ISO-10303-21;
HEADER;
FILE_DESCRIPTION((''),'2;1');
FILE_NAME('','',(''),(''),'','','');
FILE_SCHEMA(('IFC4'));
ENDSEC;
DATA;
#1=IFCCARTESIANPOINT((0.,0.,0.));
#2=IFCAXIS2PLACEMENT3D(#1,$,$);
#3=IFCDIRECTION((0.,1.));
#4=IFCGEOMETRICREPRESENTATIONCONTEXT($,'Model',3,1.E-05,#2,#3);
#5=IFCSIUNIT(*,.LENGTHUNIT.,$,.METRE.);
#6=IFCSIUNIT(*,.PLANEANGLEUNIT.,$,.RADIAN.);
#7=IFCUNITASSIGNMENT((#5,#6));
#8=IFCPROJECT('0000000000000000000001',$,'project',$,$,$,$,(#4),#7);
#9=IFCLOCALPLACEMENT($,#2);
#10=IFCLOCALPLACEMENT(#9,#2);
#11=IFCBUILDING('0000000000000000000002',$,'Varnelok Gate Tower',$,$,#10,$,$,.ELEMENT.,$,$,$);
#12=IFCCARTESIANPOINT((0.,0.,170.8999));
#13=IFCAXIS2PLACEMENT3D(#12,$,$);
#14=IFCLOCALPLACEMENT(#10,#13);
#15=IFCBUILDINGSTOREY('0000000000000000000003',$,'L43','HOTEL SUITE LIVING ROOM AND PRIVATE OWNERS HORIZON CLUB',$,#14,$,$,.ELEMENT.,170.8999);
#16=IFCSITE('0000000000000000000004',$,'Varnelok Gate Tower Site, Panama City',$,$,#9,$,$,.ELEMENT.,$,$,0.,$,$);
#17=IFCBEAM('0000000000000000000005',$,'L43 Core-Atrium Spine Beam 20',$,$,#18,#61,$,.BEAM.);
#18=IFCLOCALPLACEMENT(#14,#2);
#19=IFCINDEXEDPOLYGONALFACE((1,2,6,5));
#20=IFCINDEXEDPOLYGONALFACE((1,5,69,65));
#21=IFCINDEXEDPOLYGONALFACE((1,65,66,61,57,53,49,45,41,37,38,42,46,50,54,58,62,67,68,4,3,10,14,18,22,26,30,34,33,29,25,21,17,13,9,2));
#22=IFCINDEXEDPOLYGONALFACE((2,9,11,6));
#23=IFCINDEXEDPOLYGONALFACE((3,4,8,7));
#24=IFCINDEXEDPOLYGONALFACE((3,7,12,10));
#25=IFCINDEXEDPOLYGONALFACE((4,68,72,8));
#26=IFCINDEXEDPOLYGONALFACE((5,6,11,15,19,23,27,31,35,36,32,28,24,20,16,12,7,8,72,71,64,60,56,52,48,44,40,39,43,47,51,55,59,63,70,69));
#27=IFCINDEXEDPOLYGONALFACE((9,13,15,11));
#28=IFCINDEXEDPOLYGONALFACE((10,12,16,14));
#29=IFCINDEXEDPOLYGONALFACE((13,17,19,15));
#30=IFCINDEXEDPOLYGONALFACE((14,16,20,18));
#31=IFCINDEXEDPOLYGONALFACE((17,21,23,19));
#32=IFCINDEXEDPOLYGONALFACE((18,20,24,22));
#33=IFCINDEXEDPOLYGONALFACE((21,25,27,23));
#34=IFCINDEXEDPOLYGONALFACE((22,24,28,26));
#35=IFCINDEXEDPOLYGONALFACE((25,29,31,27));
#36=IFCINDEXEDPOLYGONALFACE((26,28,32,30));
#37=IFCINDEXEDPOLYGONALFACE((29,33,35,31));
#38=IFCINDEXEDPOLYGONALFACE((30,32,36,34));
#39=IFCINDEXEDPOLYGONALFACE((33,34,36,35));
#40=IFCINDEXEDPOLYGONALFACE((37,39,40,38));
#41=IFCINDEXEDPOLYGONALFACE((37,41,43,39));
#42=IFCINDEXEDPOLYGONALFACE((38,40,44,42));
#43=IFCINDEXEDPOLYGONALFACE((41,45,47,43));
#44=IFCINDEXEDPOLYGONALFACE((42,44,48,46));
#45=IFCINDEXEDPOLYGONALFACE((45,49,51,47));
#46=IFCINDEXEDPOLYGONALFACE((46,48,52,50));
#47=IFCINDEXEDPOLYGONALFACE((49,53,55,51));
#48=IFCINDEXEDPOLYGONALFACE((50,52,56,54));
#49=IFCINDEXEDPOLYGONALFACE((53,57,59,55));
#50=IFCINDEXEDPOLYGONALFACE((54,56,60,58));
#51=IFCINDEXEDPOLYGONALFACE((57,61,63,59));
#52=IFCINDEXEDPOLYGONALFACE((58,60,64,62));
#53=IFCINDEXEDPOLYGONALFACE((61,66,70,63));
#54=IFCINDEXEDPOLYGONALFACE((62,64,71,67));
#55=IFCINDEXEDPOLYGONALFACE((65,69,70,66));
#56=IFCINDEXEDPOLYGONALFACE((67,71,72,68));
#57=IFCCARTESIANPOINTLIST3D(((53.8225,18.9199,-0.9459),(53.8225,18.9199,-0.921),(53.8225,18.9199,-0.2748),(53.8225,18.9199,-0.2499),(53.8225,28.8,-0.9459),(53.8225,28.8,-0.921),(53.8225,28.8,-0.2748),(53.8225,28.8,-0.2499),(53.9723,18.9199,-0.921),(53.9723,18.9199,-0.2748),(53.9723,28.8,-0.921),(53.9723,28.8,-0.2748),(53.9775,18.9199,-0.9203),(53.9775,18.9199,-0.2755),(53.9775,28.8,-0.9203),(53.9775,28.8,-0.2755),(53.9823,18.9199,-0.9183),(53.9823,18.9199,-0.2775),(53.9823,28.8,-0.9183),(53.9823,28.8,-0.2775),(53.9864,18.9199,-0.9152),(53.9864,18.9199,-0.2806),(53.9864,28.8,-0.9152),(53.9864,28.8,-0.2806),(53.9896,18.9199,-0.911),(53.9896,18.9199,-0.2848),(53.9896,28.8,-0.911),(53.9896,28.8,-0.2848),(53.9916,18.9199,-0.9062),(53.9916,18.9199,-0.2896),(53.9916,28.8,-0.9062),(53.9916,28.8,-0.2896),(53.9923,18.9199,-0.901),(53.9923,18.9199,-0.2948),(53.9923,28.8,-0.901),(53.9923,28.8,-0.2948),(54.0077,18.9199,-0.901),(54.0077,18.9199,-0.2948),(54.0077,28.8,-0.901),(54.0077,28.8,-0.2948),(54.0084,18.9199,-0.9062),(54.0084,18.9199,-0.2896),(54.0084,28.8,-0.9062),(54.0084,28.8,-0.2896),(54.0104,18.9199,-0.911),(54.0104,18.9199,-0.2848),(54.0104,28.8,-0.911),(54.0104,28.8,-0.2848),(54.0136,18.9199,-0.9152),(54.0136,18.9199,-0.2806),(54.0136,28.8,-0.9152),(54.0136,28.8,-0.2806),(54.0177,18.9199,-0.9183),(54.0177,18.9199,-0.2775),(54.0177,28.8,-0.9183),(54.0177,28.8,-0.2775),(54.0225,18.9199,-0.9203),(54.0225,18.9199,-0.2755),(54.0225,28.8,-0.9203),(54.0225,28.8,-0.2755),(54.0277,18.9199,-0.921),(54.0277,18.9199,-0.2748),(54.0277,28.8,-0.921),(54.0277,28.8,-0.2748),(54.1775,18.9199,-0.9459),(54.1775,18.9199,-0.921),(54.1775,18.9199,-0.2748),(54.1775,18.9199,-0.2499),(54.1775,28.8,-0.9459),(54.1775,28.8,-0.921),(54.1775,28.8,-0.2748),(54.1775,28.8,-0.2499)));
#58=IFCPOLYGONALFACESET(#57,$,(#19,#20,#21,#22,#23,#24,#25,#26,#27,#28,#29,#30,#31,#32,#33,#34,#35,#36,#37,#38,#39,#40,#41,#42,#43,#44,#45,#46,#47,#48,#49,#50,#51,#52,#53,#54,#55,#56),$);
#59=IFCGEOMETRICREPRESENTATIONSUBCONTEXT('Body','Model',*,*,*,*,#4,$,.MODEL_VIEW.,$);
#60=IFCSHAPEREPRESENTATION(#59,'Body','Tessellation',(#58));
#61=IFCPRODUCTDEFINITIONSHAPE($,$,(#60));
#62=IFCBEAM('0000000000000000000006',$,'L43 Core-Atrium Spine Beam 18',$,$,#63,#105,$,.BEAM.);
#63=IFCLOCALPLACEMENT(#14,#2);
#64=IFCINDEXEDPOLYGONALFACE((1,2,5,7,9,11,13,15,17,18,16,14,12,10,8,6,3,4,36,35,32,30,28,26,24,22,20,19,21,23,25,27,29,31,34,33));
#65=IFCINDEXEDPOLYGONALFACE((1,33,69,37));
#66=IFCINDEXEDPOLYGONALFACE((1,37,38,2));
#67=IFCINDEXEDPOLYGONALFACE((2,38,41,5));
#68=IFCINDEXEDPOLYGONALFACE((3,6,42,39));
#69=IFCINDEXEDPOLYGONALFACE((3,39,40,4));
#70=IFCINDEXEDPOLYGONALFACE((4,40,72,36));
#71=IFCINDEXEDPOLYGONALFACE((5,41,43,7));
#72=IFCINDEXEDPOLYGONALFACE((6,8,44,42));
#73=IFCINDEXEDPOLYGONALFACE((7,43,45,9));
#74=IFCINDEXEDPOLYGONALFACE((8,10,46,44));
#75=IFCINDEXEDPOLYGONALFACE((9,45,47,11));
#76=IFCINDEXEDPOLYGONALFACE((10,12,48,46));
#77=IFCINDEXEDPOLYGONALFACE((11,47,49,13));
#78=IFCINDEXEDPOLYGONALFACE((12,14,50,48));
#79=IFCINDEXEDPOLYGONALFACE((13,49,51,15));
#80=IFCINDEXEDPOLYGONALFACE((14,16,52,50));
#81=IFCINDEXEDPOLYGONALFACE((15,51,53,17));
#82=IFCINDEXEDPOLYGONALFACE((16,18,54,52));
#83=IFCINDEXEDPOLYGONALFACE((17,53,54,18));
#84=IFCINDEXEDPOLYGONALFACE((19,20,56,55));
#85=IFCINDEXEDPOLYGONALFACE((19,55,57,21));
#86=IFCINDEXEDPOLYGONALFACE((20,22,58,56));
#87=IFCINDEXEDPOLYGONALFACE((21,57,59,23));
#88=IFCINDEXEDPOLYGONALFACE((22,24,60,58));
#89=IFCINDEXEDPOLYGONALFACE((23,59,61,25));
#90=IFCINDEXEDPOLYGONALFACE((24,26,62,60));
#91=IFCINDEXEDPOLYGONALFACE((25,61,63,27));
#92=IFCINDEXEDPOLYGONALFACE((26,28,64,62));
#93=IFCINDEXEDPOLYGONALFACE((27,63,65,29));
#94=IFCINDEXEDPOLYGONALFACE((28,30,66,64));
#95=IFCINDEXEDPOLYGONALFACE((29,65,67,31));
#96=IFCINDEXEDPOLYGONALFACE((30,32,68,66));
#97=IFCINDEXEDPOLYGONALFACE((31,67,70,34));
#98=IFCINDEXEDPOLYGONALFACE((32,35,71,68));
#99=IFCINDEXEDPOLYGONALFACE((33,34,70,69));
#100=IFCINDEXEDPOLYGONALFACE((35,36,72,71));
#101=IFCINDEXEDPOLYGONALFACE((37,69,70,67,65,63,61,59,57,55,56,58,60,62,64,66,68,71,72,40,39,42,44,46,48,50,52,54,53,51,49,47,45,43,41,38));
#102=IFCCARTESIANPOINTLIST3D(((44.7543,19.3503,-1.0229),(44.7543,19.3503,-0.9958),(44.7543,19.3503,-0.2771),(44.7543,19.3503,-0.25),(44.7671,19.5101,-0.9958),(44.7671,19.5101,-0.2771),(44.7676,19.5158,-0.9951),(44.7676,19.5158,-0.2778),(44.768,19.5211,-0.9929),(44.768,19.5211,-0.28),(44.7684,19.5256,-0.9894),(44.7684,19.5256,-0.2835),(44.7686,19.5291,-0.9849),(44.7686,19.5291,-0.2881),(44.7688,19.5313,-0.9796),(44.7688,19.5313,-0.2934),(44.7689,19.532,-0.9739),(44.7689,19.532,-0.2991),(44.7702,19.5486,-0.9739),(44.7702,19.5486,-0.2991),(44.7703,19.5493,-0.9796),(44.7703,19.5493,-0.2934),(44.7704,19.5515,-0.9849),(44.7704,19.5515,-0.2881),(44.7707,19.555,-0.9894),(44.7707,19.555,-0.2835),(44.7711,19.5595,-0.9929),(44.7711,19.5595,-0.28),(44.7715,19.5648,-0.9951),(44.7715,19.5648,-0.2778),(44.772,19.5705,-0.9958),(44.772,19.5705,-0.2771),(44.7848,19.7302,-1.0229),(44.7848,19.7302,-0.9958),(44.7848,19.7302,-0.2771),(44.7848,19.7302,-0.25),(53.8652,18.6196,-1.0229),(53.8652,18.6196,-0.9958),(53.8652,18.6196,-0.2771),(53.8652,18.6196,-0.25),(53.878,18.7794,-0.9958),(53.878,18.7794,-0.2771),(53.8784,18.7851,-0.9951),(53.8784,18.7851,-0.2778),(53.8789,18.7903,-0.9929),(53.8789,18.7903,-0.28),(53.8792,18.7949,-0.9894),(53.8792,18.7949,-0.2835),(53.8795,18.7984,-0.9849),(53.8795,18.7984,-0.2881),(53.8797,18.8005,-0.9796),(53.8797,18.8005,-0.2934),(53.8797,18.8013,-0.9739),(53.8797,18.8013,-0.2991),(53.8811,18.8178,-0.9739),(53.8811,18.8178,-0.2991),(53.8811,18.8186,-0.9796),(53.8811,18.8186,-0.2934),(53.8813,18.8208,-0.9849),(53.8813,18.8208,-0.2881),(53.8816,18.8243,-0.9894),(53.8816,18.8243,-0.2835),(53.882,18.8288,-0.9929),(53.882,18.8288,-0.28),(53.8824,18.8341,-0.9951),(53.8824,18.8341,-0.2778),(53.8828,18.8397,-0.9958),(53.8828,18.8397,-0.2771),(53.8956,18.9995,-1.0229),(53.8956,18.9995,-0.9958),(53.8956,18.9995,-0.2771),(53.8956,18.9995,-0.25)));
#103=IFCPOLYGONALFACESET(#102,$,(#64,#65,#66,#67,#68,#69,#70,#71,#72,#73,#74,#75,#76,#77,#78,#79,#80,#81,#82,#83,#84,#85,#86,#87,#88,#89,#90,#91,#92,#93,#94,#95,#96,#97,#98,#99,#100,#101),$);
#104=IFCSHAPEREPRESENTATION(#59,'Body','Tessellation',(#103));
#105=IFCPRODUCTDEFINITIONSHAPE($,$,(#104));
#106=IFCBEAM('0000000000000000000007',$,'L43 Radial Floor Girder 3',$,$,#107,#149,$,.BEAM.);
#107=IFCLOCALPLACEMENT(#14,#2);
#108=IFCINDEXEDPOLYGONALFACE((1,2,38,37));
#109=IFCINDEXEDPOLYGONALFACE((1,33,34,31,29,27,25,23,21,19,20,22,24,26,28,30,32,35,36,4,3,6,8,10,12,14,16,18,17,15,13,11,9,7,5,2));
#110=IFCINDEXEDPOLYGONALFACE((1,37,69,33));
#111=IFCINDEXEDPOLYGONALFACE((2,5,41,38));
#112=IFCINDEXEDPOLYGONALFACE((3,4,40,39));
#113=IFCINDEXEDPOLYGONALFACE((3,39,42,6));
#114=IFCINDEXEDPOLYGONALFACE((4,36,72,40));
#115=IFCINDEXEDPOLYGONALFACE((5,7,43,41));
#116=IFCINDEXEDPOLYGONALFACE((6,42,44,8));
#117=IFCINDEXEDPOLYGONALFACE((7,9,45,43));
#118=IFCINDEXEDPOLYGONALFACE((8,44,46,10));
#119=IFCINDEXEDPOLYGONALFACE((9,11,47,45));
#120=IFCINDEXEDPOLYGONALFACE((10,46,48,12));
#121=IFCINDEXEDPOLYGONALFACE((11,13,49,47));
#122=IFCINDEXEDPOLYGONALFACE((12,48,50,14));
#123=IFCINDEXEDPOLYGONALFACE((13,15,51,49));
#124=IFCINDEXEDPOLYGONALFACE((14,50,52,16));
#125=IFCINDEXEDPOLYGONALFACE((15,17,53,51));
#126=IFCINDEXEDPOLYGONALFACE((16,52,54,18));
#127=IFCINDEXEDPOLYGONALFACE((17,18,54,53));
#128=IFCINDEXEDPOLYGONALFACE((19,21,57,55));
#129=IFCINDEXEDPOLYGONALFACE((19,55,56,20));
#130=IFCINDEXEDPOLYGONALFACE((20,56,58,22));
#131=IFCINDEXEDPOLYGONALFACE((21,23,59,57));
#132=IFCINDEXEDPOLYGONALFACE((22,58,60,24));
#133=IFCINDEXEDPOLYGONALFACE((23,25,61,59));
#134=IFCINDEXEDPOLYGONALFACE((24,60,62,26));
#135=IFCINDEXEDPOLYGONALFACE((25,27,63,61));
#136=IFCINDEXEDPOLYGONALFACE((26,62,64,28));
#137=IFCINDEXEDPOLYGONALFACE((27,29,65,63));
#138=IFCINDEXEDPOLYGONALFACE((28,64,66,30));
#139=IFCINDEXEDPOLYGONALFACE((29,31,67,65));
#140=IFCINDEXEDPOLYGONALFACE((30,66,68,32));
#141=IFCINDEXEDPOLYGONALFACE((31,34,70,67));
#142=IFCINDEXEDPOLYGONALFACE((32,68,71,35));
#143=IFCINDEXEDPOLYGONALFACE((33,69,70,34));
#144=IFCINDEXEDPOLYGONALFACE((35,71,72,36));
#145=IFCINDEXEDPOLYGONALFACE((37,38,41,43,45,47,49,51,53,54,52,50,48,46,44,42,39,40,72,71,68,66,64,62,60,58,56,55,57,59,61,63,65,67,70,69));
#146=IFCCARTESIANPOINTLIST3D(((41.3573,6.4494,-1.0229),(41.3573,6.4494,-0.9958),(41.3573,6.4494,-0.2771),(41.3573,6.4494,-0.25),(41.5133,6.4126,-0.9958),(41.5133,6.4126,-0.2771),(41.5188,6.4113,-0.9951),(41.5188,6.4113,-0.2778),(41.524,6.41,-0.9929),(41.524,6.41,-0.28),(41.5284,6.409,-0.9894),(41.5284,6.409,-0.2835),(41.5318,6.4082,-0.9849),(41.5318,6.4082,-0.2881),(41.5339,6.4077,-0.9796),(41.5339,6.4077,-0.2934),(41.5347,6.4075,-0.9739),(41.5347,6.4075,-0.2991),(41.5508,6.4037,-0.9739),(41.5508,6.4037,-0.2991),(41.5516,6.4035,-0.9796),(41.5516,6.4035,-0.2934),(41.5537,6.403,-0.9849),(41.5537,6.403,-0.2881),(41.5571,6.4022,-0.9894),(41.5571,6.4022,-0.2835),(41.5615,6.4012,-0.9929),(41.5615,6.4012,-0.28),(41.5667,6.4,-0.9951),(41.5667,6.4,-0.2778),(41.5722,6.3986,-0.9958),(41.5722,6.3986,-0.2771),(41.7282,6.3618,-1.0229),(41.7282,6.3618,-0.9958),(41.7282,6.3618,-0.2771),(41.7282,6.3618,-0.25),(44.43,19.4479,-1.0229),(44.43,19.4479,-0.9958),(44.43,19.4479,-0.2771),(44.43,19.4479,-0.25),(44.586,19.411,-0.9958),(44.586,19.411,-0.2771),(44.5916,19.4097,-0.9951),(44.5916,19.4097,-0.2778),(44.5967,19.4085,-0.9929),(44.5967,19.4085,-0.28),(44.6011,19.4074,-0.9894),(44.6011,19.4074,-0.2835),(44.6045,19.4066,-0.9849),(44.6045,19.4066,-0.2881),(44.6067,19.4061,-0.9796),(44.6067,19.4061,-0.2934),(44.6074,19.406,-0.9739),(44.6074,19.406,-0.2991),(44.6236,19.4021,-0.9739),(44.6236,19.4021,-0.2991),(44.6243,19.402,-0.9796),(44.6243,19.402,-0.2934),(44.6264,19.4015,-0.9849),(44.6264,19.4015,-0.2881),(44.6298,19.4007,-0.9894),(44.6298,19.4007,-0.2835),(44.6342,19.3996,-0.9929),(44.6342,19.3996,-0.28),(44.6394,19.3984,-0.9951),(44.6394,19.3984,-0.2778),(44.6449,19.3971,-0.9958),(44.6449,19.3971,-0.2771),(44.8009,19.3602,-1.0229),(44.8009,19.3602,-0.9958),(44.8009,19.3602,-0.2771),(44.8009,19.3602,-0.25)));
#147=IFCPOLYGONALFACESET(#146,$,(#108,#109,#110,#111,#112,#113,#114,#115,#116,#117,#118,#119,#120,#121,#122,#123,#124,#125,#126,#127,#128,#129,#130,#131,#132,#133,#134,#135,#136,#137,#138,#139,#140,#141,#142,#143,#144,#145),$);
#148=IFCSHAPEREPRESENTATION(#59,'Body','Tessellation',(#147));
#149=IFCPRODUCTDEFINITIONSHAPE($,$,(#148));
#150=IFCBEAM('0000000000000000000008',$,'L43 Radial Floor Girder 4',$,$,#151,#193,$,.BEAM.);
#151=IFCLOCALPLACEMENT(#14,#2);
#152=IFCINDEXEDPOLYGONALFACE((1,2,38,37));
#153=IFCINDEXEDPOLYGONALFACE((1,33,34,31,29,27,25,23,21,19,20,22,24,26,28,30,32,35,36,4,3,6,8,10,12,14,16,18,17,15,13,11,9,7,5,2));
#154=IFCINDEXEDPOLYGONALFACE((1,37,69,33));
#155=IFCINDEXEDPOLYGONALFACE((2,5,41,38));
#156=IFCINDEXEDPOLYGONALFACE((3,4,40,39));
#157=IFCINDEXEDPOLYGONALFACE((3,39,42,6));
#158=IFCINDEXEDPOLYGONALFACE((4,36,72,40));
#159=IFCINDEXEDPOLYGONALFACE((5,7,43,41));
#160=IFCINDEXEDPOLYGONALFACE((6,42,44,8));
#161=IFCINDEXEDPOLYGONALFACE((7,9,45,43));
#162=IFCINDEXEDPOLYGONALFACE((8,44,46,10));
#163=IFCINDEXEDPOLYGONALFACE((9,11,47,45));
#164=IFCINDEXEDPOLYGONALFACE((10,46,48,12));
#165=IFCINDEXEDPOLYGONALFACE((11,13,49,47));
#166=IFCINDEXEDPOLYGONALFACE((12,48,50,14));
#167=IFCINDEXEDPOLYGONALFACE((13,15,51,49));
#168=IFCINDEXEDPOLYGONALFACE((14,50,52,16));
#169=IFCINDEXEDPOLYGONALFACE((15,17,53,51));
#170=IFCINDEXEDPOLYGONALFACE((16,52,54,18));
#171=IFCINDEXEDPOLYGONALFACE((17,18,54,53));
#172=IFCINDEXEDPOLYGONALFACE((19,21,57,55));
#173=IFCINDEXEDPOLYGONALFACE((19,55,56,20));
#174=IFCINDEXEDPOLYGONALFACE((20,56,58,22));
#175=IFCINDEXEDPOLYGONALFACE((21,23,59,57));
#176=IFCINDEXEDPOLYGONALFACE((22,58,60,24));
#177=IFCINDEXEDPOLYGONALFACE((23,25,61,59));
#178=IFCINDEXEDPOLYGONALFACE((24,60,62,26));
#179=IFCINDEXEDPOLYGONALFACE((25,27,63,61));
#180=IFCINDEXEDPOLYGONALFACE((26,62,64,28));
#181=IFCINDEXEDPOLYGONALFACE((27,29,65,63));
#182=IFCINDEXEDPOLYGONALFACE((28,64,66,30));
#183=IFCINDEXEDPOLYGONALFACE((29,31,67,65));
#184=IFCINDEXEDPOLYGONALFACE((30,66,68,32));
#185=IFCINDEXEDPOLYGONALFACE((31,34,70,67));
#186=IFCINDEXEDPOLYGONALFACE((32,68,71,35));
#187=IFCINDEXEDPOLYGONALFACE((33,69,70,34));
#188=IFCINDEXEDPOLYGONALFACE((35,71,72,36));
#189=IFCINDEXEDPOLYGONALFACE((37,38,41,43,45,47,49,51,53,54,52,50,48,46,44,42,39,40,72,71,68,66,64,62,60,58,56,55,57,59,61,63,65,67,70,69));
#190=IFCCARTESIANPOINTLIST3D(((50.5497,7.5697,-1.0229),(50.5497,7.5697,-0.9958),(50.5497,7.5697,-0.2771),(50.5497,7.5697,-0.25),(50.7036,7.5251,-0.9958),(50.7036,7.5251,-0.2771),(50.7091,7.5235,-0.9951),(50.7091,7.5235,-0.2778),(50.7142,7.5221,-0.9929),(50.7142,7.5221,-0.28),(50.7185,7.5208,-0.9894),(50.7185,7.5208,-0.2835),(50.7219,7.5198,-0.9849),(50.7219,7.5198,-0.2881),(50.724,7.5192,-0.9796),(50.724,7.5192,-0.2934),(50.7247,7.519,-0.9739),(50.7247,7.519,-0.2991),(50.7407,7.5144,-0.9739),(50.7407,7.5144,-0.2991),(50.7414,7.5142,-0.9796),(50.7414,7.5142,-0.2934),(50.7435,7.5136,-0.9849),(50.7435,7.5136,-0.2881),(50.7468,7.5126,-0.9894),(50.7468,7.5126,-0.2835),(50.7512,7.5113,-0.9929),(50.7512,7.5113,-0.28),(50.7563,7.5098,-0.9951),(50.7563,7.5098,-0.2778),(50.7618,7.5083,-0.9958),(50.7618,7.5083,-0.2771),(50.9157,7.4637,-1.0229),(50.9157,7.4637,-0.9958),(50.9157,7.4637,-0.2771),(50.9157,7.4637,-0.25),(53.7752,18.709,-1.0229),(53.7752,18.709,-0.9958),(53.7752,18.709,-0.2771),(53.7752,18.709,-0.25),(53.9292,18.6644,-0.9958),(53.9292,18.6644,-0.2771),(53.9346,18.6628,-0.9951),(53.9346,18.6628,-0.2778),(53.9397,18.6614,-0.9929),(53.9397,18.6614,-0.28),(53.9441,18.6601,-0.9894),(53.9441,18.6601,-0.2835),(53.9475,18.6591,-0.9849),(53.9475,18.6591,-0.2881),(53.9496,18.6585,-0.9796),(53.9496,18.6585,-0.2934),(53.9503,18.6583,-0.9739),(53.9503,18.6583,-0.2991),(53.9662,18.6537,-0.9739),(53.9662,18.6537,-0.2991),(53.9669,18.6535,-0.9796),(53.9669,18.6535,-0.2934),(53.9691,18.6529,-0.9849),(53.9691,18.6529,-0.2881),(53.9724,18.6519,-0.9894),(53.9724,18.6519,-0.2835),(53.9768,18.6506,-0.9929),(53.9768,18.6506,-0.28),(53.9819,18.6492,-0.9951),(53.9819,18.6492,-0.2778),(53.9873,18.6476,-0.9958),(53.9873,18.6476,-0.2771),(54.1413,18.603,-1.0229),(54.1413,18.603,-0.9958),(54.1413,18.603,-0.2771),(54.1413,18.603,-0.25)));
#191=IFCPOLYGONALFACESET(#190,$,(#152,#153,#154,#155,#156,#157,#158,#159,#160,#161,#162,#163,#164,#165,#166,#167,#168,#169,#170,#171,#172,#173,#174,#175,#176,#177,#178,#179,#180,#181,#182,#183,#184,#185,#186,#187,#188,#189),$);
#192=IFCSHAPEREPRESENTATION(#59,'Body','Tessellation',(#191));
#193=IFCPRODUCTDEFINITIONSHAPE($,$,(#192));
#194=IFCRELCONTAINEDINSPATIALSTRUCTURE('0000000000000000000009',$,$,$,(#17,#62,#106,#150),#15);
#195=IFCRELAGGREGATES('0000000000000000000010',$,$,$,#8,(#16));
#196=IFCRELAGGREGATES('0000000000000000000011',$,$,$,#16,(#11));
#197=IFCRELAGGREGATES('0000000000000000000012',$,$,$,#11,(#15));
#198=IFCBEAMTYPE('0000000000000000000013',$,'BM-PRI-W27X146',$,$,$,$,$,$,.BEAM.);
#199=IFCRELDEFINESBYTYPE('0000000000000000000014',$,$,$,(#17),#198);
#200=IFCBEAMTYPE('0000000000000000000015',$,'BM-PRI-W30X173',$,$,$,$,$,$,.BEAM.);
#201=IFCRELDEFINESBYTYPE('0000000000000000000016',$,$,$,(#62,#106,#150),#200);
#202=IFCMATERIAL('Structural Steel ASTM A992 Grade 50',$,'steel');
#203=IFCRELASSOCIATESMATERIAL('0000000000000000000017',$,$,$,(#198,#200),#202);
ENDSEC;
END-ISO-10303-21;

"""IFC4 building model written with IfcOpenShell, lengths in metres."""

from ifc_helpers import new_model, si_unit, direction, frame, origin, origin_2d, place, context, subcontext, project, spatial, i_section, extrude, material, material_profile, profile_set, type_object, element, save


model = new_model("IFC4")

# Units and contexts
model_context = context("Model", 3, precision=1e-05, world=origin(), true_north=direction((0.0, 1.0)))
body_context = subcontext(model_context, "Body", "Model", "MODEL_VIEW")
ifc_project = project(units=[si_unit("LENGTHUNIT", "METRE"), si_unit("PLANEANGLEUNIT", "RADIAN")], contexts=[model_context])

# Site, building, storey
site_placement = place(None, origin())
site = spatial("IfcSite", under=ifc_project, at=site_placement, Name="Varnelok Gate Tower Site, Panama City", CompositionType="ELEMENT", RefElevation=0.0)
building_placement = place(site_placement, origin())
building = spatial("IfcBuilding", under=site, at=building_placement, Name="Varnelok Gate Tower", CompositionType="ELEMENT")
storey_placement = place(building_placement, frame((0.0, 0.0, 170.8999)))
storey = spatial("IfcBuildingStorey", under=building, at=storey_placement, Name="L43", Description="HOTEL SUITE LIVING ROOM AND PRIVATE OWNERS HORIZON CLUB", CompositionType="ELEMENT", Elevation=170.8999)

# Shared definitions
ifc_material_1 = material(Name="Structural Steel ASTM A992 Grade 50", Category="steel")

# Beams
ifc_material_profile_1 = material_profile(ifc_material_1, i_section(OverallWidth=0.355, OverallDepth=0.696, WebThickness=0.0154, FlangeThickness=0.0249, FilletRadius=0.02, at=origin_2d()), Name="W27X146")
ifc_profile_set_1 = profile_set([ifc_material_profile_1], Name="Structural Steel ASTM A992 Grade 50")
beam_type_1 = type_object("IfcBeamType", Name="BM-PRI-W27X146", PredefinedType="BEAM", material=ifc_profile_set_1)
beam_1_placement = place(storey_placement, frame((54.0, 18.9199, -0.5979), z_axis=(0.0, 1.0, 0.0), x_axis=(-1.0, 0.0, 0.0)))
element("IfcBeam", 1, at=beam_1_placement, inside=storey, type_object=beam_type_1, Name="L43 Core-Atrium Spine Beam 20", PredefinedType="BEAM", context=body_context, shape_type="SweptSolid", body=[
    extrude(i_section(OverallWidth=0.355, OverallDepth=0.696, WebThickness=0.0154, FlangeThickness=0.0249, FilletRadius=0.02, at=origin_2d()), origin(), (0.0, 0.0, 1.0), 9.8801),
])
ifc_material_profile_2 = material_profile(ifc_material_1, i_section(OverallWidth=0.3811, OverallDepth=0.7729, WebThickness=0.0166, FlangeThickness=0.0271, FilletRadius=0.022, at=origin_2d()), Name="W30X173")
ifc_profile_set_2 = profile_set([ifc_material_profile_2], Name="Structural Steel ASTM A992 Grade 50")
beam_type_2 = type_object("IfcBeamType", Name="BM-PRI-W30X173", PredefinedType="BEAM", material=ifc_profile_set_2)
beam_2_placement = place(storey_placement, frame((44.7695, 19.5403, -0.6365), z_axis=(0.996799, -0.079946, 0.0), x_axis=(0.079946, 0.996799, 0.0)))
element("IfcBeam", 2, at=beam_2_placement, inside=storey, type_object=beam_type_2, Name="L43 Core-Atrium Spine Beam 18", PredefinedType="BEAM", context=body_context, shape_type="SweptSolid", body=[
    extrude(i_section(OverallWidth=0.3811, OverallDepth=0.7729, WebThickness=0.0166, FlangeThickness=0.0271, FilletRadius=0.022, at=origin_2d()), origin(), (0.0, 0.0, 1.0), 9.1401),
])
beam_3_placement = place(storey_placement, frame((44.6155, 19.4041, -0.6365), z_axis=(-0.230052, -0.973178, 0.0), x_axis=(0.973178, -0.230052, 0.0)))
element("IfcBeam", 3, at=beam_3_placement, inside=storey, type_object=beam_type_2, Name="L43 Radial Floor Girder 3", PredefinedType="BEAM", context=body_context, shape_type="SweptSolid", body=[
    extrude(i_section(OverallWidth=0.3811, OverallDepth=0.7729, WebThickness=0.0166, FlangeThickness=0.0271, FilletRadius=0.022, at=origin_2d()), origin(), (0.0, 0.0, 1.0), 13.3567),
])
beam_4_placement = place(storey_placement, frame((53.9583, 18.656, -0.6365), z_axis=(-0.278139, -0.960541, 0.0), x_axis=(0.960541, -0.278139, 0.0)))
element("IfcBeam", 4, at=beam_4_placement, inside=storey, type_object=beam_type_2, Name="L43 Radial Floor Girder 4", PredefinedType="BEAM", context=body_context, shape_type="SweptSolid", body=[
    extrude(i_section(OverallWidth=0.3811, OverallDepth=0.7729, WebThickness=0.0166, FlangeThickness=0.0271, FilletRadius=0.022, at=origin_2d()), origin(), (0.0, 0.0, 1.0), 11.5969),
])

save(model, "model.ifc")
